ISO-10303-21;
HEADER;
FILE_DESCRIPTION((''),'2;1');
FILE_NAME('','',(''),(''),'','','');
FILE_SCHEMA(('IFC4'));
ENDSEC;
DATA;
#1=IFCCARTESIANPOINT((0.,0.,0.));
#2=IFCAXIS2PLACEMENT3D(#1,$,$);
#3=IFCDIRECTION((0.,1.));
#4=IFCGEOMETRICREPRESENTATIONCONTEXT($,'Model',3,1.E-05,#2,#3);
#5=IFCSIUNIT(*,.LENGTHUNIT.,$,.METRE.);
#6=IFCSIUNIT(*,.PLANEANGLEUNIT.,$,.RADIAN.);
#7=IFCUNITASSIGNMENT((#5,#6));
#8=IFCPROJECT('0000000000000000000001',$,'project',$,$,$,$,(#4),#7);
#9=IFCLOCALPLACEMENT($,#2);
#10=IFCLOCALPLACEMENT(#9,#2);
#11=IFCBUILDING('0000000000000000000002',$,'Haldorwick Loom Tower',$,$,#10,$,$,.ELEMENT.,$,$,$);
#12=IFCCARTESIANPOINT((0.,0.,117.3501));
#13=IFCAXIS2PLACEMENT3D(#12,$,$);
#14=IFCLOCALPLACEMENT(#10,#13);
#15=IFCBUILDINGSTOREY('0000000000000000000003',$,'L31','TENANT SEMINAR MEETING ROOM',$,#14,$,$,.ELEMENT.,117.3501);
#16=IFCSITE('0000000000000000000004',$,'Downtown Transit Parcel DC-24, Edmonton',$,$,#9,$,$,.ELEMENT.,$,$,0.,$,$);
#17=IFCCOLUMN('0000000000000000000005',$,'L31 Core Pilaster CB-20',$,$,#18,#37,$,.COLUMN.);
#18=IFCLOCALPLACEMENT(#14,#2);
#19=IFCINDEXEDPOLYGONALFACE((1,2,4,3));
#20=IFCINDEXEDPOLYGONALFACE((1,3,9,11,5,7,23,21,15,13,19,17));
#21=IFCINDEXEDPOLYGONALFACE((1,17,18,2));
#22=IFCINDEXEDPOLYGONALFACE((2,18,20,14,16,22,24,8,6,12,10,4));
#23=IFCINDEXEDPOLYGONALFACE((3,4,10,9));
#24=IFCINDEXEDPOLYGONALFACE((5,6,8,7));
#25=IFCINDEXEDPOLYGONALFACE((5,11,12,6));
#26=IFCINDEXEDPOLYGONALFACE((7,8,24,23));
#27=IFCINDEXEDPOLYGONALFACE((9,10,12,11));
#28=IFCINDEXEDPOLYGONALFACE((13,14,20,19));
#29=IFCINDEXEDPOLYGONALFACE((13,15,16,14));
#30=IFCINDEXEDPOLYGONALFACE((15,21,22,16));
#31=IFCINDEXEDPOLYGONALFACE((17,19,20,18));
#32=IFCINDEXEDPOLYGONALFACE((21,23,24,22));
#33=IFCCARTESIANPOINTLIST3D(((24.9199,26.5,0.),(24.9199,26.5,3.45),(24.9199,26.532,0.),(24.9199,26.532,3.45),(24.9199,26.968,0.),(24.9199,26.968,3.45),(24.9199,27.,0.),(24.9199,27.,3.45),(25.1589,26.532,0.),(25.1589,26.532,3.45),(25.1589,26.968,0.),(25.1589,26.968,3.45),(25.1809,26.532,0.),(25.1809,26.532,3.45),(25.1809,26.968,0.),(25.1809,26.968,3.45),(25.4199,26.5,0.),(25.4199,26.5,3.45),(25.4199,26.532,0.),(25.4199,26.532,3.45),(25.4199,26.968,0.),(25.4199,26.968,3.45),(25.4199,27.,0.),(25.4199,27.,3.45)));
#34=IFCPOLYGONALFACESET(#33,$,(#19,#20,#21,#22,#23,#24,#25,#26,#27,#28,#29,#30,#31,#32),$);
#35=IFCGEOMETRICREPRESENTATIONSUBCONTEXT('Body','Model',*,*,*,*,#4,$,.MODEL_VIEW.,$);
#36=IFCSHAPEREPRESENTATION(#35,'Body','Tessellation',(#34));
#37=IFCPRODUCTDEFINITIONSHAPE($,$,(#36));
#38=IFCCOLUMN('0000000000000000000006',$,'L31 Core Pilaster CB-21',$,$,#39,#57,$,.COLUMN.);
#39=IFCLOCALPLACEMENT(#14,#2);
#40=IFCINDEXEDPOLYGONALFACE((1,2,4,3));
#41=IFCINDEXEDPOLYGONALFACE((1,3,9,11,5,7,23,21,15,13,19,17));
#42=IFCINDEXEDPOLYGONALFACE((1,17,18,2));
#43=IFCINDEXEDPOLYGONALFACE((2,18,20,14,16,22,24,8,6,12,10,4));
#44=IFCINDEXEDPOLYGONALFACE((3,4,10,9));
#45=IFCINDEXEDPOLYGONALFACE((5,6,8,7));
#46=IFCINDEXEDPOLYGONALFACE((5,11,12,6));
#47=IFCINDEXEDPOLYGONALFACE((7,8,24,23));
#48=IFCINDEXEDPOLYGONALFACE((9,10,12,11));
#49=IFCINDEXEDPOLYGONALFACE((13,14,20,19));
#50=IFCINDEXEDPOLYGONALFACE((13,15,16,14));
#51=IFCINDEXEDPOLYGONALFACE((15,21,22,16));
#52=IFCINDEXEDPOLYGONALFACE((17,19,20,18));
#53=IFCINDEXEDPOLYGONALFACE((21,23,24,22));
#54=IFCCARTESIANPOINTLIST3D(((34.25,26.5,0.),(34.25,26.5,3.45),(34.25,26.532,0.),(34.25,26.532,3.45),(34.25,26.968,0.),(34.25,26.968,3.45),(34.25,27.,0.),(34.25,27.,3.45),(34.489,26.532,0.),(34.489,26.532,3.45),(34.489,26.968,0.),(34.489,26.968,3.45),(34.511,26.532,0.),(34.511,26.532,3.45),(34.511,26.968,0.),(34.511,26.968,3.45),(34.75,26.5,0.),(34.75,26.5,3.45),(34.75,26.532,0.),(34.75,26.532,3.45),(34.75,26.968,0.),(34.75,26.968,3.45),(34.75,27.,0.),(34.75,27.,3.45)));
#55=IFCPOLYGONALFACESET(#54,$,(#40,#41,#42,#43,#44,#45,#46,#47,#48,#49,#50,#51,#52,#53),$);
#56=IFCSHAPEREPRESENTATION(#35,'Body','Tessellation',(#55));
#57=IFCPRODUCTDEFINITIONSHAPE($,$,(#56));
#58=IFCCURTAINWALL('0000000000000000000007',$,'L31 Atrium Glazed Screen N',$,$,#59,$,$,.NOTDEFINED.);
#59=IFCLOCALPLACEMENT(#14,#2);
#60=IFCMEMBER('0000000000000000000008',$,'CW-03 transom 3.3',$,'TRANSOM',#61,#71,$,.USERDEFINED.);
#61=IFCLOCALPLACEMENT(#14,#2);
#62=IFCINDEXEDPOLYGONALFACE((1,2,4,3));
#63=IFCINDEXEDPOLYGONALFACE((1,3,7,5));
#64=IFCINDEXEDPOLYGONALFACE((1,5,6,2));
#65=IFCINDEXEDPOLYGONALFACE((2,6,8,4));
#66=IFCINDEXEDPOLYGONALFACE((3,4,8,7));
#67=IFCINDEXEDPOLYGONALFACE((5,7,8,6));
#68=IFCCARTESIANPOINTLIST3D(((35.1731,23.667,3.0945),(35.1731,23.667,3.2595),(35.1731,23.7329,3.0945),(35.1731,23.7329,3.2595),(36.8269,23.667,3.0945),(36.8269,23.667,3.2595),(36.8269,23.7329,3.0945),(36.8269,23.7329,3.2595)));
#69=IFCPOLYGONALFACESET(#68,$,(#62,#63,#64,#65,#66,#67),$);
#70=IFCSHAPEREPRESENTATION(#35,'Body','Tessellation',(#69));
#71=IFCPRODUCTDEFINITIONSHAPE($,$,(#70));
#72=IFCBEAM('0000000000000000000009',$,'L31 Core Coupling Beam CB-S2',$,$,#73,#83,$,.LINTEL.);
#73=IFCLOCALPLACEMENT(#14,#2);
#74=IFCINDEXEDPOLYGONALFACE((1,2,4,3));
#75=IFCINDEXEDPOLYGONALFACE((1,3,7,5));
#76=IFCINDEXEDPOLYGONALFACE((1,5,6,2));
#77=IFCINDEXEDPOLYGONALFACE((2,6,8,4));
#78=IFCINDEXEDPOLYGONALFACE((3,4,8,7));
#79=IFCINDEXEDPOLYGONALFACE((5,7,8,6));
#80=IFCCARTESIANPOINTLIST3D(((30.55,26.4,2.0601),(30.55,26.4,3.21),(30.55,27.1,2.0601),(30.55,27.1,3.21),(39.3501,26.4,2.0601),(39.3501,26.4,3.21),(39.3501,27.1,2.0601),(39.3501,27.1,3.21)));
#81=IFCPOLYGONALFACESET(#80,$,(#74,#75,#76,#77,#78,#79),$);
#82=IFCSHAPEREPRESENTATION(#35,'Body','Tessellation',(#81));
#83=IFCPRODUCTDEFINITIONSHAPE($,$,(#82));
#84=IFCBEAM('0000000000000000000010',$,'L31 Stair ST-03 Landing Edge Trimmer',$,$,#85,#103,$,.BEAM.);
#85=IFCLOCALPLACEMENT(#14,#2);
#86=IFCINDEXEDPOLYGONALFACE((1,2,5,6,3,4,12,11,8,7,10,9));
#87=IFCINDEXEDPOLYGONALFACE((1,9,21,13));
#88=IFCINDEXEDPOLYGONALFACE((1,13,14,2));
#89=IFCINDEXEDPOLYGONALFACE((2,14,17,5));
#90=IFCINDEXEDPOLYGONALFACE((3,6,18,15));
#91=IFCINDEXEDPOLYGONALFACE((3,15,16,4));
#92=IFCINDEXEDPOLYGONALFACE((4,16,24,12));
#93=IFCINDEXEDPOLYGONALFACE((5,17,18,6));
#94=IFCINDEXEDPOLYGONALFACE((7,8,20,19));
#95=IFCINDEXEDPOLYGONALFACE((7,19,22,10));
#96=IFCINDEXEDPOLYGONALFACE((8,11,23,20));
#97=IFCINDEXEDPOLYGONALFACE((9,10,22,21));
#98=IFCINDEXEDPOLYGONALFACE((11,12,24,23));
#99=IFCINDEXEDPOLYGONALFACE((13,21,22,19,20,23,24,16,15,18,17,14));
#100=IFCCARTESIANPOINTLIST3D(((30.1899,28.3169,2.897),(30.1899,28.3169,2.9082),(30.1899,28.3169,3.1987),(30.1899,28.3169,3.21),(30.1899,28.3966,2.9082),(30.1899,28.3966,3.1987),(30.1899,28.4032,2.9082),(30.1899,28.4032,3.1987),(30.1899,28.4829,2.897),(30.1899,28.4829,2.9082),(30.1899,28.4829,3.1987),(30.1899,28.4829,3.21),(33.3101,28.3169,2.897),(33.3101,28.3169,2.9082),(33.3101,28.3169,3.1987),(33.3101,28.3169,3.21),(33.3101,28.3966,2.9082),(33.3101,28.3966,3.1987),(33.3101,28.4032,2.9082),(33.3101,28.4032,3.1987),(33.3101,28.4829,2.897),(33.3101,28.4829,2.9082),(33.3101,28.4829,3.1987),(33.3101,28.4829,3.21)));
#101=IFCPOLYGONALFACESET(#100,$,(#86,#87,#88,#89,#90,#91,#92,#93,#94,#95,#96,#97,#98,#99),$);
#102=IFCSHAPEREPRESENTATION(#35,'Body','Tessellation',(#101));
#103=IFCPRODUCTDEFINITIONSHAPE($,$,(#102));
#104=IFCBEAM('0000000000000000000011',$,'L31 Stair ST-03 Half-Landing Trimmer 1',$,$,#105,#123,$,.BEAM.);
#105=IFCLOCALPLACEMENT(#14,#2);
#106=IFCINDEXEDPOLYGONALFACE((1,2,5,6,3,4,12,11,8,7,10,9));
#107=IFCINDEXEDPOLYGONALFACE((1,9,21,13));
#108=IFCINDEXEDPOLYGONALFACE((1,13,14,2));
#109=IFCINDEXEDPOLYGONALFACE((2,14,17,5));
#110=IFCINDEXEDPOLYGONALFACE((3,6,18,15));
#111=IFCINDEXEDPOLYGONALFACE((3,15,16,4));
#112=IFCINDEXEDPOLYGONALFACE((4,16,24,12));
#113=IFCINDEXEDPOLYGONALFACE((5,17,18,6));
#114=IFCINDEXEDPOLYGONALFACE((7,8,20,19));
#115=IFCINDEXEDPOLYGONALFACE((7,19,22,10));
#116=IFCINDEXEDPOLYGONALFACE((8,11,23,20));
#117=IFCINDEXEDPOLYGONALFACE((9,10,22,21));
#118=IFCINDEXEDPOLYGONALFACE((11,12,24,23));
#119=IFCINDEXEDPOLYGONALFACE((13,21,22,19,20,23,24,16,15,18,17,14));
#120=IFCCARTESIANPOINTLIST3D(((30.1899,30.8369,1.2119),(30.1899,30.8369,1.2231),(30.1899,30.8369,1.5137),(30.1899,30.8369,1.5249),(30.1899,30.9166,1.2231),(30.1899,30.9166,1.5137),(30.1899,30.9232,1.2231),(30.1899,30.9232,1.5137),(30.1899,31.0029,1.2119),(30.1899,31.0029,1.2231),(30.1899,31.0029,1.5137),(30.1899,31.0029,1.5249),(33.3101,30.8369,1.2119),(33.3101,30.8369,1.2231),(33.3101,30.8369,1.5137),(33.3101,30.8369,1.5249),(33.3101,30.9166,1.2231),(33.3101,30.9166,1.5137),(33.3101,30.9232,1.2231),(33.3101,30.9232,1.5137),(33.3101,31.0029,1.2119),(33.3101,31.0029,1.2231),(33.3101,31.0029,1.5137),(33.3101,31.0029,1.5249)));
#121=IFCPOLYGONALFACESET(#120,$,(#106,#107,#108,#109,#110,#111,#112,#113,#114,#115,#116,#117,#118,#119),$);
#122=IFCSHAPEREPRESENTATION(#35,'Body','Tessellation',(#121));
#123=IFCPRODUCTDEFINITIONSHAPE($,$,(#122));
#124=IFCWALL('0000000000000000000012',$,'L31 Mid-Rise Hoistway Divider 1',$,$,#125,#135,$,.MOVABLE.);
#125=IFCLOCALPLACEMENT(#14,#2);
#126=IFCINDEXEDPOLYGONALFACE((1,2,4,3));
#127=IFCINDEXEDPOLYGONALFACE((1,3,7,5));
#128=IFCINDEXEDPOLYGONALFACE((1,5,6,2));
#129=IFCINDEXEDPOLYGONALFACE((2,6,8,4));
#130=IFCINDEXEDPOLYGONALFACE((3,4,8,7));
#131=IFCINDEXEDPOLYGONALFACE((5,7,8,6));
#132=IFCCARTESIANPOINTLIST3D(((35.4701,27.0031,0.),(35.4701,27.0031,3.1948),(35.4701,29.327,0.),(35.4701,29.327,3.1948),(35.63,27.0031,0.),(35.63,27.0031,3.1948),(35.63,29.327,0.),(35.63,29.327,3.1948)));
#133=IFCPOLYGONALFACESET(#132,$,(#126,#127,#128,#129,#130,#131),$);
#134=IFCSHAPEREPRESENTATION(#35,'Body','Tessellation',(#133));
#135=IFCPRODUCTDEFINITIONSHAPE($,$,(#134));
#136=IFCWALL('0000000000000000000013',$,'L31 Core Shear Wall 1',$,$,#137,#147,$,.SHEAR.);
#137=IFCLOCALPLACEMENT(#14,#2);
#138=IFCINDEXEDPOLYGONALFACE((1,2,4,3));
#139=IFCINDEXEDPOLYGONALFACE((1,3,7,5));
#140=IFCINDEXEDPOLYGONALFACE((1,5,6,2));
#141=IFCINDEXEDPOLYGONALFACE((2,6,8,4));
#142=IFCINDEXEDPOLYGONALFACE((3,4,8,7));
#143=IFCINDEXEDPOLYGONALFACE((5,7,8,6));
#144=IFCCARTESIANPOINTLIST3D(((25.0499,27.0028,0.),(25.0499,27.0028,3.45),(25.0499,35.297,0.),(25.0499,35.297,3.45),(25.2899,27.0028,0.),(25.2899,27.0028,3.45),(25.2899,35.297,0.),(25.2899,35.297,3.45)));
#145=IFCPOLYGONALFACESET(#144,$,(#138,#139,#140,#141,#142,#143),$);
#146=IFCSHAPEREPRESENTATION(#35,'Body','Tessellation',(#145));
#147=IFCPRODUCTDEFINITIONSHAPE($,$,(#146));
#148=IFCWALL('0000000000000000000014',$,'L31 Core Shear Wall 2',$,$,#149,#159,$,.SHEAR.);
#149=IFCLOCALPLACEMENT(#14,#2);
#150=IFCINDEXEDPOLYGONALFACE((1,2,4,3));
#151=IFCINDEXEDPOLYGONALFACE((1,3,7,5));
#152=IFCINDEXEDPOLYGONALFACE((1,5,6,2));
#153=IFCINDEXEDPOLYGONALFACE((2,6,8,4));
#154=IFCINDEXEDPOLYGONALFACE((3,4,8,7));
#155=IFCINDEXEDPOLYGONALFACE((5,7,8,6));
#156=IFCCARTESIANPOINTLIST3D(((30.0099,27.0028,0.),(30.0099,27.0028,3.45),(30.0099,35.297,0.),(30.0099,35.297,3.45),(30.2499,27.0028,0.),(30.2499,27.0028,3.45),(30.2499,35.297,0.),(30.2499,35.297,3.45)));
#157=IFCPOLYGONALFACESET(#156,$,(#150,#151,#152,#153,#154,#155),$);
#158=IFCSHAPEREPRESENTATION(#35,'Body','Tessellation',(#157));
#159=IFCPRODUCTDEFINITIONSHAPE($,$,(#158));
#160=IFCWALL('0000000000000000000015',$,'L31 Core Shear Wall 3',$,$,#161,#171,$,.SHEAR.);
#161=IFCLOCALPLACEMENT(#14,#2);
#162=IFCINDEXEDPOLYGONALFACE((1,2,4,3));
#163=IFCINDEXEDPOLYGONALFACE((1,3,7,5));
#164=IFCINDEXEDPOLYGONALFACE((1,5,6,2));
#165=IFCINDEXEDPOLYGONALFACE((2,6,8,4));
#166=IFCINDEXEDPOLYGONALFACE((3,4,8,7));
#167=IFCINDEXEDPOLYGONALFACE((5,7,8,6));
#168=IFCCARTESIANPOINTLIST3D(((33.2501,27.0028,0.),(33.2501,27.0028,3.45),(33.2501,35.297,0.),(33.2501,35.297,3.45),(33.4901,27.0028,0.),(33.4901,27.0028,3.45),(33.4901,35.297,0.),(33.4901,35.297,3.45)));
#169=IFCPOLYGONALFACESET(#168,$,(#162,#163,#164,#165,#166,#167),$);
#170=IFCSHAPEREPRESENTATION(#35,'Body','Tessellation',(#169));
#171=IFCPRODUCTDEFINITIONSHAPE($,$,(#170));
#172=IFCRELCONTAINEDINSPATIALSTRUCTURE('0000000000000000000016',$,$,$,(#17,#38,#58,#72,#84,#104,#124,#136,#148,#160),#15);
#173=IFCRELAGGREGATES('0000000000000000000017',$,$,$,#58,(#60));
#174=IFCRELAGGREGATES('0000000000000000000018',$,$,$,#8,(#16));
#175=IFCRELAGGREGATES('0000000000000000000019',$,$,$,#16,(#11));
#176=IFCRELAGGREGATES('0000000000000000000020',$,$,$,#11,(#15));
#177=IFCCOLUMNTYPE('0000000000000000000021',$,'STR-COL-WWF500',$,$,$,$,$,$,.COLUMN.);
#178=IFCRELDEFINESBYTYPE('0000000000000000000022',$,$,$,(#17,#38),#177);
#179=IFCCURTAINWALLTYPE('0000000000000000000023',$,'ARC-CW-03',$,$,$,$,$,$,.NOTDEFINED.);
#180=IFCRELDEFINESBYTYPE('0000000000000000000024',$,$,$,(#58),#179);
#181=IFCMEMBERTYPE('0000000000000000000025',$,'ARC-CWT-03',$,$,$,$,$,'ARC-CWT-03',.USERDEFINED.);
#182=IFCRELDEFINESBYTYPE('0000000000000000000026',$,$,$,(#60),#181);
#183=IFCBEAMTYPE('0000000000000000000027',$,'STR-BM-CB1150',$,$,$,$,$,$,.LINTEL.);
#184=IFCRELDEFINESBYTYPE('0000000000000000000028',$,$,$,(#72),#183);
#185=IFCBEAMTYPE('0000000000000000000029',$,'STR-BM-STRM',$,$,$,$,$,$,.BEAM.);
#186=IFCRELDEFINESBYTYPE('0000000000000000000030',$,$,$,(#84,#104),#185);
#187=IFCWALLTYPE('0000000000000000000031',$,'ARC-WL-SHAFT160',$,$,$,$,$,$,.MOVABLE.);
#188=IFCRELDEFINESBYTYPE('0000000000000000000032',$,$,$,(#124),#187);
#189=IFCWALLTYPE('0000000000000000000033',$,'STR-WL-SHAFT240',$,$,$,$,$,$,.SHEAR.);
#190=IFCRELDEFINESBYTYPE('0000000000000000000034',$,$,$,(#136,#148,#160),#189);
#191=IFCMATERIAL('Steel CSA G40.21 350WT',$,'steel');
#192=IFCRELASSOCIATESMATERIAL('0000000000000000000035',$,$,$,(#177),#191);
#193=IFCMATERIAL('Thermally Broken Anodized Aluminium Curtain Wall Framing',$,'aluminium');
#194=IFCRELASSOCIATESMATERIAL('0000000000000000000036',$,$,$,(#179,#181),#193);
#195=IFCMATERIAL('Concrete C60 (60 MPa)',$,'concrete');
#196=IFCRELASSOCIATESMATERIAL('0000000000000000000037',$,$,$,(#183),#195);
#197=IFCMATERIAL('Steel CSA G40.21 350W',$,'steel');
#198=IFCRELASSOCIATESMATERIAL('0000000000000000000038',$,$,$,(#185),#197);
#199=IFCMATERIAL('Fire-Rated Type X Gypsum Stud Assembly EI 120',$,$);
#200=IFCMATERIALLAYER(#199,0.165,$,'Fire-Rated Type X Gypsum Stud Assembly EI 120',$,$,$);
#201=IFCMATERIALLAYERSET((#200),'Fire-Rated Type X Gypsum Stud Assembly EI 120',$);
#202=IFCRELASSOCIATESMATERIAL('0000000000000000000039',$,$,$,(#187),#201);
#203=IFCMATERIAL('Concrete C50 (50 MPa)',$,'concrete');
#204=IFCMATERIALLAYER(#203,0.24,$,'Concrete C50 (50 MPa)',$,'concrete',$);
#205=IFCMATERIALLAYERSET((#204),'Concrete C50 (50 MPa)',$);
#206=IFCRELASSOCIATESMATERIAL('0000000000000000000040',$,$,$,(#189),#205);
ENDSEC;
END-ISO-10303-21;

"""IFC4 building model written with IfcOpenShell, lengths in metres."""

from ifc_helpers import new_model, si_unit, direction, frame, frame_2d, origin, origin_2d, place, context, subcontext, project, spatial, rectangle, i_section, extrude, material, layer, layer_set, material_profile, profile_set, type_object, element, aggregate, save


model = new_model("IFC4")

# Units and contexts
model_context = context("Model", 3, precision=1e-05, world=origin(), true_north=direction((0.0, 1.0)))
body_context = subcontext(model_context, "Body", "Model", "MODEL_VIEW")
ifc_project = project(units=[si_unit("LENGTHUNIT", "METRE"), si_unit("PLANEANGLEUNIT", "RADIAN")], contexts=[model_context])

# Site, building, storey
site_placement = place(None, origin())
site = spatial("IfcSite", under=ifc_project, at=site_placement, Name="Downtown Transit Parcel DC-24, Edmonton", CompositionType="ELEMENT", RefElevation=0.0)
building_placement = place(site_placement, origin())
building = spatial("IfcBuilding", under=site, at=building_placement, Name="Haldorwick Loom Tower", CompositionType="ELEMENT")
storey_placement = place(building_placement, frame((0.0, 0.0, 117.3501)))
storey = spatial("IfcBuildingStorey", under=building, at=storey_placement, Name="L31", Description="TENANT SEMINAR MEETING ROOM", CompositionType="ELEMENT", Elevation=117.3501)

# Columns
ifc_material_1 = material(Name="Steel CSA G40.21 350WT", Category="steel")
ifc_material_profile_1 = material_profile(ifc_material_1, i_section(OverallWidth=0.5, OverallDepth=0.5, WebThickness=0.022, FlangeThickness=0.032, at=origin_2d()), Name="WWF500X500", Category="steel")
ifc_profile_set_1 = profile_set([ifc_material_profile_1], Name="Steel CSA G40.21 350WT")
column_type = type_object("IfcColumnType", Name="STR-COL-WWF500", PredefinedType="COLUMN", material=ifc_profile_set_1)
for number, where, z_axis, x_axis, name in (
    (1, (25.1699, 26.75, 0.0), (0.0, 0.0, 1.0), (1.0, 0.0, 0.0), "L31 Core Pilaster CB-20"),
    (2, (34.5, 26.75, 0.0), (0.0, 0.0, 1.0), (1.0, 0.0, 0.0), "L31 Core Pilaster CB-21"),
):
    element("IfcColumn", number, at=place(storey_placement, frame(where, z_axis=z_axis, x_axis=x_axis)), inside=storey, type_object=column_type, Name=name, PredefinedType="COLUMN", context=body_context, shape_type="SweptSolid", body=[
        extrude(i_section(OverallWidth=0.5, OverallDepth=0.5, WebThickness=0.022, FlangeThickness=0.032, at=origin_2d()), origin(), (0.0, 0.0, 1.0), 3.45),
    ])

# Curtain wall, member
ifc_material_2 = material(Name="Thermally Broken Anodized Aluminium Curtain Wall Framing", Category="aluminium")
curtain_wall_type = type_object("IfcCurtainWallType", Name="ARC-CW-03", PredefinedType="NOTDEFINED", material=ifc_material_2)
curtain_wall_placement = place(storey_placement, origin())
curtain_wall = element("IfcCurtainWall", 3, at=curtain_wall_placement, inside=storey, type_object=curtain_wall_type, Name="L31 Atrium Glazed Screen N", PredefinedType="NOTDEFINED")
ifc_material_profile_2 = material_profile(ifc_material_2, rectangle(XDim=0.0659, YDim=0.165, at=origin_2d()), Name="ALU_TRN_66X165", Category="aluminium")
ifc_profile_set_2 = profile_set([ifc_material_profile_2], Name="Thermally Broken Anodized Aluminium Curtain Wall Framing")
member_type = type_object("IfcMemberType", Name="ARC-CWT-03", ElementType="ARC-CWT-03", PredefinedType="USERDEFINED", material=ifc_profile_set_2)
member_placement = place(storey_placement, frame((35.1731, 23.7, 3.177), z_axis=(1.0, 0.0, 0.0), x_axis=(0.0, 1.0, 0.0)))
member = element("IfcMember", 4, at=member_placement, type_object=member_type, Name="CW-03 transom 3.3", ObjectType="TRANSOM", PredefinedType="USERDEFINED", context=body_context, shape_type="SweptSolid", body=[
    extrude(rectangle(XDim=0.0659, YDim=0.165, at=origin_2d()), origin(), (0.0, 0.0, 1.0), 1.6538),
])
aggregate(curtain_wall, [member])

# Beams
ifc_material_3 = material(Name="Concrete C60 (60 MPa)", Category="concrete")
ifc_material_profile_3 = material_profile(ifc_material_3, rectangle(XDim=0.7, YDim=1.1499, at=origin_2d()), Name="RC700X1150", Category="concrete")
ifc_profile_set_3 = profile_set([ifc_material_profile_3], Name="Concrete C60 (60 MPa)")
beam_type_1 = type_object("IfcBeamType", Name="STR-BM-CB1150", PredefinedType="LINTEL", material=ifc_profile_set_3)
beam_placement = place(storey_placement, frame((30.55, 26.75, 2.635), z_axis=(1.0, 0.0, 0.0), x_axis=(0.0, 1.0, 0.0)))
element("IfcBeam", 5, at=beam_placement, inside=storey, type_object=beam_type_1, Name="L31 Core Coupling Beam CB-S2", PredefinedType="LINTEL", context=body_context, shape_type="SweptSolid", body=[
    extrude(rectangle(XDim=0.7, YDim=1.1499, at=origin_2d()), origin(), (0.0, 0.0, 1.0), 8.8),
])
ifc_material_4 = material(Name="Steel CSA G40.21 350W", Category="steel")
ifc_material_profile_4 = material_profile(ifc_material_4, i_section(OverallWidth=0.166, OverallDepth=0.313, WebThickness=0.0066, FlangeThickness=0.0112, at=origin_2d()), Name="W310X45", Category="steel")
ifc_profile_set_4 = profile_set([ifc_material_profile_4], Name="Steel CSA G40.21 350W")
beam_type_2 = type_object("IfcBeamType", Name="STR-BM-STRM", PredefinedType="BEAM", material=ifc_profile_set_4)
for number, where, z_axis, x_axis, name in (
    (6, (30.1899, 28.3999, 3.0535), (1.0, 0.0, 0.0), (0.0, 1.0, 0.0), "L31 Stair ST-03 Landing Edge Trimmer"),
    (7, (30.1899, 30.9199, 1.3684), (1.0, 0.0, 0.0), (0.0, 1.0, 0.0), "L31 Stair ST-03 Half-Landing Trimmer 1"),
):
    element("IfcBeam", number, at=place(storey_placement, frame(where, z_axis=z_axis, x_axis=x_axis)), inside=storey, type_object=beam_type_2, Name=name, PredefinedType="BEAM", context=body_context, shape_type="SweptSolid", body=[
        extrude(i_section(OverallWidth=0.166, OverallDepth=0.313, WebThickness=0.0066, FlangeThickness=0.0112, at=origin_2d()), origin(), (0.0, 0.0, 1.0), 3.1201),
    ])

# Walls
ifc_material_5 = material(Name="Fire-Rated Type X Gypsum Stud Assembly EI 120")
ifc_layer_1 = layer(ifc_material_5, 0.165, Name="Fire-Rated Type X Gypsum Stud Assembly EI 120")
ifc_layer_set_1 = layer_set([ifc_layer_1], Name="Fire-Rated Type X Gypsum Stud Assembly EI 120")
wall_type_1 = type_object("IfcWallType", Name="ARC-WL-SHAFT160", PredefinedType="MOVABLE", material=ifc_layer_set_1)
wall_1_placement = place(storey_placement, frame((35.55, 27.0029, 0.0), z_axis=(0.0, 0.0, 1.0), x_axis=(0.0, 1.0, 0.0)))
element("IfcWall", 8, at=wall_1_placement, inside=storey, type_object=wall_type_1, Name="L31 Mid-Rise Hoistway Divider 1", PredefinedType="MOVABLE", context=body_context, shape_type="SweptSolid", body=[
    extrude(rectangle(XDim=2.324, YDim=0.1599, at=frame_2d((1.1621, 0.0))), origin(), (0.0, 0.0, 1.0), 3.1948),
])
ifc_material_6 = material(Name="Concrete C50 (50 MPa)", Category="concrete")
ifc_layer_2 = layer(ifc_material_6, 0.24, Name="Concrete C50 (50 MPa)", Category="concrete")
ifc_layer_set_2 = layer_set([ifc_layer_2], Name="Concrete C50 (50 MPa)")
wall_type_2 = type_object("IfcWallType", Name="STR-WL-SHAFT240", PredefinedType="SHEAR", material=ifc_layer_set_2)
for number, where, z_axis, x_axis, name in (
    (9, (25.1699, 27.0029, 0.0), (0.0, 0.0, 1.0), (0.0, 1.0, 0.0), "L31 Core Shear Wall 1"),
    (10, (30.1299, 27.0029, 0.0), (0.0, 0.0, 1.0), (0.0, 1.0, 0.0), "L31 Core Shear Wall 2"),
    (11, (33.3701, 27.0029, 0.0), (0.0, 0.0, 1.0), (0.0, 1.0, 0.0), "L31 Core Shear Wall 3"),
):
    element("IfcWall", number, at=place(storey_placement, frame(where, z_axis=z_axis, x_axis=x_axis)), inside=storey, type_object=wall_type_2, Name=name, PredefinedType="SHEAR", context=body_context, shape_type="SweptSolid", body=[
        extrude(rectangle(XDim=8.2942, YDim=0.24, at=frame_2d((4.147, 0.0))), origin(), (0.0, 0.0, 1.0), 3.45),
    ])

save(model, "model.ifc")
